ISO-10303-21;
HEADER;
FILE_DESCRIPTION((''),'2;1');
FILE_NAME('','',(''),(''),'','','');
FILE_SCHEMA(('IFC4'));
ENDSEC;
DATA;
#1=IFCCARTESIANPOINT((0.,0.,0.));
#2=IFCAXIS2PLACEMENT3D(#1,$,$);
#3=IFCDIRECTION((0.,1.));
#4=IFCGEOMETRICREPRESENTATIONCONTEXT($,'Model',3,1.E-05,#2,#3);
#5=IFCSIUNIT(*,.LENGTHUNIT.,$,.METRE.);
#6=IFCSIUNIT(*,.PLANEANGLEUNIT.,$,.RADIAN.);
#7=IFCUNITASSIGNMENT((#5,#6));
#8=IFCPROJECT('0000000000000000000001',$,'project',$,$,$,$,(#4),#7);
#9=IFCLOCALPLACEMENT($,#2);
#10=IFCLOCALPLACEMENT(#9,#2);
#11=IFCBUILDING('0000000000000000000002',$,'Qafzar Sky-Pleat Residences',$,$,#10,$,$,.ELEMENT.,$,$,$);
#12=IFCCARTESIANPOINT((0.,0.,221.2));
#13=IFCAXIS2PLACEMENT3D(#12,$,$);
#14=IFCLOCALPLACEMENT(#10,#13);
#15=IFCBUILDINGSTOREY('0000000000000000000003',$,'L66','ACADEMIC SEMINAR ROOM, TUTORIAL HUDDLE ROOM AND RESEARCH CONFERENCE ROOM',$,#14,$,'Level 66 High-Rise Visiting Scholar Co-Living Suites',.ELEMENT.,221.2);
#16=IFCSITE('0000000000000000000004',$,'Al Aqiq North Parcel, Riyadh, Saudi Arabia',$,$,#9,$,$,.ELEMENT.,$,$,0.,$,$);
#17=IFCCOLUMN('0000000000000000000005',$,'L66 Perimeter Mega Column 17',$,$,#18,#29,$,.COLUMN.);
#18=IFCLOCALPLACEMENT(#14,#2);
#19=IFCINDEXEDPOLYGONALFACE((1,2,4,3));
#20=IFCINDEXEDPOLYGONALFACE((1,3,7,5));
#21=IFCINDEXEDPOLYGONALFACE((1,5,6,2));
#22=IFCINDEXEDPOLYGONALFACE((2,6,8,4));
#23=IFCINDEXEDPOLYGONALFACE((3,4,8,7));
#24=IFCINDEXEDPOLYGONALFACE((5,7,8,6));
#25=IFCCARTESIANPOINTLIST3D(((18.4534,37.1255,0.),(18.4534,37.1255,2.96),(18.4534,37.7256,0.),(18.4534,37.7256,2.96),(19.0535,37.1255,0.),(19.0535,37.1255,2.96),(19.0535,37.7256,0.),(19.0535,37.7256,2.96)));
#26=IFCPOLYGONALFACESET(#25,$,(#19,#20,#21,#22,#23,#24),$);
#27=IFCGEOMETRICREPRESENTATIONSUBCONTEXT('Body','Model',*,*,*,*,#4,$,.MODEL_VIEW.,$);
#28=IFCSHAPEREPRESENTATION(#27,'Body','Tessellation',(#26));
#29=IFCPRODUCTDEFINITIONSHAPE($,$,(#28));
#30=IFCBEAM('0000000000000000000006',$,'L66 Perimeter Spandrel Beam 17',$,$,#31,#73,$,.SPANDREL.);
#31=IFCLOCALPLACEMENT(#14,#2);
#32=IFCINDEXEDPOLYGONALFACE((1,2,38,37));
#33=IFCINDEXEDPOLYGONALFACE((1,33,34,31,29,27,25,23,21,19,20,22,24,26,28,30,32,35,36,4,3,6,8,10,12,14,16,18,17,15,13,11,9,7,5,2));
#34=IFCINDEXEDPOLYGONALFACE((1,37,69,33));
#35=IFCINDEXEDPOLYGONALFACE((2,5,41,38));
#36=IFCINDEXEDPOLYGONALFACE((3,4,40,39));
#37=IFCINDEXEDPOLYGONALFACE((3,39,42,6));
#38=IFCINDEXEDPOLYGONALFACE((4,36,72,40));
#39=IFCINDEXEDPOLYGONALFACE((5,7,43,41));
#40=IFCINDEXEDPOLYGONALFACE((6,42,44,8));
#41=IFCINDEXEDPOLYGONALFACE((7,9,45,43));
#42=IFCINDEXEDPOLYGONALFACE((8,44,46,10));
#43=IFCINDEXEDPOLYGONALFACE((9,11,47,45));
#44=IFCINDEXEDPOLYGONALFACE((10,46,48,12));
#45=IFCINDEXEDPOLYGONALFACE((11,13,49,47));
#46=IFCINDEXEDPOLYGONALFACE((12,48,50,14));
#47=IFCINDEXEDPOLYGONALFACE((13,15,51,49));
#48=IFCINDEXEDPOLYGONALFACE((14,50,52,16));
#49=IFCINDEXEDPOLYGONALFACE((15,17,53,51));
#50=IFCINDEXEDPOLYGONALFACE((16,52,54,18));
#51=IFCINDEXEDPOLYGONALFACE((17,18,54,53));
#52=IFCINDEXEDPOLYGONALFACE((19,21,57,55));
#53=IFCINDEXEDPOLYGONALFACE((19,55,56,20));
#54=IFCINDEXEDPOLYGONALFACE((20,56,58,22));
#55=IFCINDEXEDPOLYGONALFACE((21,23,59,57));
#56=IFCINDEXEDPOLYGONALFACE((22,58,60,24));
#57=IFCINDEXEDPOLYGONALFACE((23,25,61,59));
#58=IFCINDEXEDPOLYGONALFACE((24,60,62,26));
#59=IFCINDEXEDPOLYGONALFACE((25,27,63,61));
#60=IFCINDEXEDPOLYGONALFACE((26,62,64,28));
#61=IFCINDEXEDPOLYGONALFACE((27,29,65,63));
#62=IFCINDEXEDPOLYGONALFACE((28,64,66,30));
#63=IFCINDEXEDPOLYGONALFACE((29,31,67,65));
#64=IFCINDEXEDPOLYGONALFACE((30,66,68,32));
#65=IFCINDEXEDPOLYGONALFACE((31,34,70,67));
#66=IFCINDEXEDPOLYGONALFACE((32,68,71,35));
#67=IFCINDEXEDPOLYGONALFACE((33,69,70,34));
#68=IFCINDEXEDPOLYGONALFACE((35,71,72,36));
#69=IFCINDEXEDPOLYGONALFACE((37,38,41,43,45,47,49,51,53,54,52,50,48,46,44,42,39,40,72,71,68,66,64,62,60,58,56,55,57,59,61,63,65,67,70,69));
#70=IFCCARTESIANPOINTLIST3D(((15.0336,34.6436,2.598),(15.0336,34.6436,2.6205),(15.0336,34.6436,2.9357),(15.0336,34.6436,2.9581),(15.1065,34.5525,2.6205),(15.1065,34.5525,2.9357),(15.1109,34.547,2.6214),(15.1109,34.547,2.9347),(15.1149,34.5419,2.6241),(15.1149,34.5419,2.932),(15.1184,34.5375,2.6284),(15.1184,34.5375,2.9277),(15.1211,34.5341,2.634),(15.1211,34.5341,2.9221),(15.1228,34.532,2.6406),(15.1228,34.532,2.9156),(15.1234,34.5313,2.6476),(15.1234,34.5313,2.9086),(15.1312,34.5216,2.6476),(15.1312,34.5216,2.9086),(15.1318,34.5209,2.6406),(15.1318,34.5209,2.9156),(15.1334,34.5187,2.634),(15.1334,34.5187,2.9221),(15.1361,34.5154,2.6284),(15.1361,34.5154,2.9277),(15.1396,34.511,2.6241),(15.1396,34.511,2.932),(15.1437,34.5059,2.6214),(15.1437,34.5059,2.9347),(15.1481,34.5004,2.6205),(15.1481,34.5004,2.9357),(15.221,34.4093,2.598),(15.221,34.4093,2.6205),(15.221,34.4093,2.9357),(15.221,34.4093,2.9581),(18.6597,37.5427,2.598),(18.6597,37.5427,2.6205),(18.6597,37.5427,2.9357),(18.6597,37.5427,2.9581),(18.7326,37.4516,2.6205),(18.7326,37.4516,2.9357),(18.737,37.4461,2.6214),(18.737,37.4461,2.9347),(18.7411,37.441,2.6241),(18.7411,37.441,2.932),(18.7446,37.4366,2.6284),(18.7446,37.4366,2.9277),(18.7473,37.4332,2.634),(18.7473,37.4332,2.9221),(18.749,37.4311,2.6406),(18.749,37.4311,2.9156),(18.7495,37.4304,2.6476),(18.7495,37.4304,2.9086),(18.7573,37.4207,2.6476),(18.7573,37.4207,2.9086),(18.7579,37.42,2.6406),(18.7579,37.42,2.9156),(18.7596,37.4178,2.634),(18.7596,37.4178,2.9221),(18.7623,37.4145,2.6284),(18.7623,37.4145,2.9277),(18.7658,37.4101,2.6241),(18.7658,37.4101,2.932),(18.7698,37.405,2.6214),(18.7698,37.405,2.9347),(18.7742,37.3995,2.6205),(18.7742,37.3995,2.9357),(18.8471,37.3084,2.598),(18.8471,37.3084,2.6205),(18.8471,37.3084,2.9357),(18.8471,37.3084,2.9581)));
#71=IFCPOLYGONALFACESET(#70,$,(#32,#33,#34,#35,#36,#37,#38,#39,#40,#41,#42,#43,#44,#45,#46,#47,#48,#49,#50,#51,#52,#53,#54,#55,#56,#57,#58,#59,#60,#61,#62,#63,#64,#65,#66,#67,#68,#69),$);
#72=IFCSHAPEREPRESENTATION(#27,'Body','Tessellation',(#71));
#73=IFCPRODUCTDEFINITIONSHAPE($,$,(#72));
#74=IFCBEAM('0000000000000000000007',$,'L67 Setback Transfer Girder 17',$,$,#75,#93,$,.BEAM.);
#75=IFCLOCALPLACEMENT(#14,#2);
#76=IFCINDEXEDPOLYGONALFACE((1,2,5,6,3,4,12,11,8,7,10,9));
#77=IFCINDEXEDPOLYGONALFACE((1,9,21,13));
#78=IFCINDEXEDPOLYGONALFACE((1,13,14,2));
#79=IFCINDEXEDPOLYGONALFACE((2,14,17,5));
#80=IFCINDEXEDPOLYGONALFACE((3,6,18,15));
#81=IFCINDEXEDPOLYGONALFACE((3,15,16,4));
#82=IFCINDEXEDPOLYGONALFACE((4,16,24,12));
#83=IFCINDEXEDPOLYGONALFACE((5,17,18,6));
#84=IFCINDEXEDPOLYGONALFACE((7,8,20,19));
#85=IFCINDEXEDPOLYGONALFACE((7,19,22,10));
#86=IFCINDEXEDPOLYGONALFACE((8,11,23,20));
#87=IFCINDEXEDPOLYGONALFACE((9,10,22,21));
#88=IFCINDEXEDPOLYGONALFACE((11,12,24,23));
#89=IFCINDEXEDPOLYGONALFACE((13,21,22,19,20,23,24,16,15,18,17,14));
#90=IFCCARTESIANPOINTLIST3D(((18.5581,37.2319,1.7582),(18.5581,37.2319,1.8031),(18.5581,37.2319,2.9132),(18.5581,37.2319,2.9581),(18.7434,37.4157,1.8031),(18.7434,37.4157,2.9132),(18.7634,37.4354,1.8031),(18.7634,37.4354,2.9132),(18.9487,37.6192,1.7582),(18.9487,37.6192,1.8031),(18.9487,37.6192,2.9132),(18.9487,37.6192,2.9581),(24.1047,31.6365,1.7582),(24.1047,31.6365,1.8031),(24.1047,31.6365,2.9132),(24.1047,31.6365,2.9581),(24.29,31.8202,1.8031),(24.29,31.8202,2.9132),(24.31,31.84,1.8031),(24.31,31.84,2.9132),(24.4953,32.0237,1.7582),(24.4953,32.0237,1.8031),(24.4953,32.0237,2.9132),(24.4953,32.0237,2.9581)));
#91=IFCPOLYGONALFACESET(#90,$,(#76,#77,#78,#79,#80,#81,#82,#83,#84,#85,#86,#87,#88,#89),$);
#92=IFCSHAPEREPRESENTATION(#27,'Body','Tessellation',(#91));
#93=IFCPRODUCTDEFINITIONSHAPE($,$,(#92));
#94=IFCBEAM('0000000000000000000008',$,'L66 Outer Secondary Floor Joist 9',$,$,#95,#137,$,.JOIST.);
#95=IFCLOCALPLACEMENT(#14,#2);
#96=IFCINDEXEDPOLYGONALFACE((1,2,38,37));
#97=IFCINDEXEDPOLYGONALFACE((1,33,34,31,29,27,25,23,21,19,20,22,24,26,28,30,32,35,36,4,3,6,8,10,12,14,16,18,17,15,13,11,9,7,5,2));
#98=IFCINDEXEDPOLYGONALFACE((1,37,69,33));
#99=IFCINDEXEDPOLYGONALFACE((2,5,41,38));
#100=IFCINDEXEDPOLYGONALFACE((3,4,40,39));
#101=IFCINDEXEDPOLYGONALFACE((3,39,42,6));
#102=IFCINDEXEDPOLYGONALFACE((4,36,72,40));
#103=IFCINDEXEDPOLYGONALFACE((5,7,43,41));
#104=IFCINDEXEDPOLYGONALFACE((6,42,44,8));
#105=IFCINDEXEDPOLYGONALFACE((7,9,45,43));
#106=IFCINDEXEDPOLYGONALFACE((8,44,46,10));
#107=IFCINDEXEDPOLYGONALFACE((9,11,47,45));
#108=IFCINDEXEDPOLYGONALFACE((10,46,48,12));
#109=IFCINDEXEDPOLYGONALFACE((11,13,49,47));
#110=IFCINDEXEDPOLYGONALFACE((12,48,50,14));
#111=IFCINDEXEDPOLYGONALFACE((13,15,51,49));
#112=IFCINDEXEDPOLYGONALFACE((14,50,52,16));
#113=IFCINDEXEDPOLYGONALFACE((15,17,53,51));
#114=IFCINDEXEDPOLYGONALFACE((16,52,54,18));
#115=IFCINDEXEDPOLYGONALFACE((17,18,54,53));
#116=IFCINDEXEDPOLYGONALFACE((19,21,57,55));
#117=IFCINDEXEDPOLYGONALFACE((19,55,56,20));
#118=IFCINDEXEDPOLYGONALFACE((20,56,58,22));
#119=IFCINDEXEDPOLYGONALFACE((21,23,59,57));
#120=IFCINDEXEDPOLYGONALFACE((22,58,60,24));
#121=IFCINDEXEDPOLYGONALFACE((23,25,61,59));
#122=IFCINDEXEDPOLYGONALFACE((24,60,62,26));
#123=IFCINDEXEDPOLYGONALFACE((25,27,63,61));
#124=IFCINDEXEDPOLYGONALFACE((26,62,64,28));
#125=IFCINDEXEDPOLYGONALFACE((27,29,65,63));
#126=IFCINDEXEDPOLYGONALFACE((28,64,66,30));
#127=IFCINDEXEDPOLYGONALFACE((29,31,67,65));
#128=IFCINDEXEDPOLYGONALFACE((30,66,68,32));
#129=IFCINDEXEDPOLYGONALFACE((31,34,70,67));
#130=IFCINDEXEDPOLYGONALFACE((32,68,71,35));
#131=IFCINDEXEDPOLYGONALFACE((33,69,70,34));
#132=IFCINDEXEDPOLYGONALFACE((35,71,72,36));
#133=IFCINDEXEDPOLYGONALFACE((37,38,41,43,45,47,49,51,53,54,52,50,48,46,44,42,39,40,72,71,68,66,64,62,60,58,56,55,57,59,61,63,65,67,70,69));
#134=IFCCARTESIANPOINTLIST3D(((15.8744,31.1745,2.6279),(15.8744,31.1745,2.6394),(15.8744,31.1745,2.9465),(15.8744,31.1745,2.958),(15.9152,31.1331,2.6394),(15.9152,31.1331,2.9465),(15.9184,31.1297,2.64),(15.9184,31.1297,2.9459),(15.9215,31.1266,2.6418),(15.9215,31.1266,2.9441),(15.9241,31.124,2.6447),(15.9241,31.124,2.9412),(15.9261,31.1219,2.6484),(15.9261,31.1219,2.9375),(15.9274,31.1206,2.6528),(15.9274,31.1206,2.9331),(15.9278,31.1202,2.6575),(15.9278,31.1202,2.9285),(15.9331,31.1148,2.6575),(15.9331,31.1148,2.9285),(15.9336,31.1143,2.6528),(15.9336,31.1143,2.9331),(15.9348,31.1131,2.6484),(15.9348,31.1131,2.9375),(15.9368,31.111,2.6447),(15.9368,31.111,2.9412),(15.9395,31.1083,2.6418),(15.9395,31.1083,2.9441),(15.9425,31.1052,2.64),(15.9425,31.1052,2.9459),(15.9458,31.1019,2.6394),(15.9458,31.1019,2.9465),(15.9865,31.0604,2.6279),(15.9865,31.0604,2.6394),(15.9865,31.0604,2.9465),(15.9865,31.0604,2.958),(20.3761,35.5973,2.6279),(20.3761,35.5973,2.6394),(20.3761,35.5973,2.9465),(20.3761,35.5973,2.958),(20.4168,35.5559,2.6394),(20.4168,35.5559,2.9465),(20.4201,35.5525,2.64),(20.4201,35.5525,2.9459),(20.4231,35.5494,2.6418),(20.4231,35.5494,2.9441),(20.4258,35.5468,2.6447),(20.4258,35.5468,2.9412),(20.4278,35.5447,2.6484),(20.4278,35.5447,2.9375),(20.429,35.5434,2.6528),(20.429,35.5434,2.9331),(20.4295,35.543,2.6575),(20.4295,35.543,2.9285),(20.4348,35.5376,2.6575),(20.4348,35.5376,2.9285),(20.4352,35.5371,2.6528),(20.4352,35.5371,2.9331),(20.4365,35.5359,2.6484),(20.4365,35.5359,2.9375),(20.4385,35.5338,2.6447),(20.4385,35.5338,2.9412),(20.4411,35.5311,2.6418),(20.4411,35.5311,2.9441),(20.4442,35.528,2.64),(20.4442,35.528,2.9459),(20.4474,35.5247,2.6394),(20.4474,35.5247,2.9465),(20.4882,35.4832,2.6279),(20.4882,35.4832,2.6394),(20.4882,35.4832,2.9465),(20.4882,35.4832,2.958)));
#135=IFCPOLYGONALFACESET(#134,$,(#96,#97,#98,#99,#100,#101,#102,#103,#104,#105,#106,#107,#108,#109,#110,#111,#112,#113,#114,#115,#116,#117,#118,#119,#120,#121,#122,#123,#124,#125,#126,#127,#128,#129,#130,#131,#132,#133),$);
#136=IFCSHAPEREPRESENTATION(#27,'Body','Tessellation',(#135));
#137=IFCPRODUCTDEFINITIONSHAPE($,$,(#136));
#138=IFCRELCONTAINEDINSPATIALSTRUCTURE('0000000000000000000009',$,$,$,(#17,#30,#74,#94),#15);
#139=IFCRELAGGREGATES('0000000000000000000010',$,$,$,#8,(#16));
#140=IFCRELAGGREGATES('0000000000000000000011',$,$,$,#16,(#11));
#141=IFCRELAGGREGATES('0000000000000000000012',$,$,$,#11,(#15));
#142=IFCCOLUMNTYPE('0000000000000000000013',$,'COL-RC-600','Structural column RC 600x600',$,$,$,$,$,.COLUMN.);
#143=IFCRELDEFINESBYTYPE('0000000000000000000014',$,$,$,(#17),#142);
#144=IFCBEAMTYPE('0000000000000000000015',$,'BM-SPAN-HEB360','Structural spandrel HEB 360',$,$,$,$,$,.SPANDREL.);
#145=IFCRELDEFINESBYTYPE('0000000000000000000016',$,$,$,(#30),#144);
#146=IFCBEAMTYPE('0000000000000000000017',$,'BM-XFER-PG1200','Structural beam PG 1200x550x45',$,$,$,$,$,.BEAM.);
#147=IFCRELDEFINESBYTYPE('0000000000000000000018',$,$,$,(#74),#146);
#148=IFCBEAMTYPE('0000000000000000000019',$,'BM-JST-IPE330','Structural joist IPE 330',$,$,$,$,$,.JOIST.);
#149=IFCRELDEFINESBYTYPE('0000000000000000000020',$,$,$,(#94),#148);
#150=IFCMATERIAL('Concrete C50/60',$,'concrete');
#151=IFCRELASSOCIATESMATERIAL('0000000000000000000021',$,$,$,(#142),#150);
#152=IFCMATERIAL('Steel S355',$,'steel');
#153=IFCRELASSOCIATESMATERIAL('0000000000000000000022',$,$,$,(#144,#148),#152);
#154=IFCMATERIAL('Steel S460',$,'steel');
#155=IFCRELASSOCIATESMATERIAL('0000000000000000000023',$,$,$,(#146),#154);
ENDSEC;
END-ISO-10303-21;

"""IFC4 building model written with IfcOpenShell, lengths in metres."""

from ifc_helpers import new_model, si_unit, direction, frame, origin, origin_2d, place, context, subcontext, project, spatial, rectangle, i_section, extrude, source, transform, mapped, material, material_profile, profile_set, type_object, element, save


model = new_model("IFC4")

# Units and contexts
model_context = context("Model", 3, precision=1e-05, world=origin(), true_north=direction((0.0, 1.0)))
body_context = subcontext(model_context, "Body", "Model", "MODEL_VIEW")
ifc_project = project(units=[si_unit("LENGTHUNIT", "METRE"), si_unit("PLANEANGLEUNIT", "RADIAN")], contexts=[model_context])

# Site, building, storey
site_placement = place(None, origin())
site = spatial("IfcSite", under=ifc_project, at=site_placement, Name="Al Aqiq North Parcel, Riyadh, Saudi Arabia", CompositionType="ELEMENT", RefElevation=0.0)
building_placement = place(site_placement, origin())
building = spatial("IfcBuilding", under=site, at=building_placement, Name="Qafzar Sky-Pleat Residences", CompositionType="ELEMENT")
storey_placement = place(building_placement, frame((0.0, 0.0, 221.2)))
storey = spatial("IfcBuildingStorey", under=building, at=storey_placement, Name="L66", Description="ACADEMIC SEMINAR ROOM, TUTORIAL HUDDLE ROOM AND RESEARCH CONFERENCE ROOM", LongName="Level 66 High-Rise Visiting Scholar Co-Living Suites", CompositionType="ELEMENT", Elevation=221.2)

# Column
ifc_material_1 = material(Name="Concrete C50/60", Category="concrete")
ifc_material_profile_1 = material_profile(ifc_material_1, rectangle(XDim=0.6001, YDim=0.6001, at=origin_2d()), Name="RC 600x600")
ifc_profile_set_1 = profile_set([ifc_material_profile_1], Name="Concrete C50/60")
column_type = type_object("IfcColumnType", Name="COL-RC-600", Description="Structural column RC 600x600", PredefinedType="COLUMN", material=ifc_profile_set_1)
shared_shape_1 = source(origin(), body_context, "Body", "SweptSolid", [
    extrude(rectangle(XDim=0.6001, YDim=0.6001, at=origin_2d()), origin(), (0.0, 0.0, 1.0), 2.96),
])
column_placement = place(storey_placement, frame((18.7534, 37.4255, 0.0), z_axis=(0.0, 0.0, 1.0), x_axis=(1.0, 0.0, 0.0)))
element("IfcColumn", 1, at=column_placement, inside=storey, type_object=column_type, Name="L66 Perimeter Mega Column 17", PredefinedType="COLUMN", context=body_context, shape_type="MappedRepresentation", body=[
    mapped(shared_shape_1, transform((0.0, 0.0, 0.0), x_axis=(1.0, 0.0, 0.0), y_axis=(0.0, 1.0, 0.0), z_axis=(0.0, 0.0, 1.0), scale=1.0)),
])

# Beams
ifc_material_2 = material(Name="Steel S355", Category="steel")
ifc_material_profile_2 = material_profile(ifc_material_2, i_section(OverallWidth=0.3, OverallDepth=0.3601, WebThickness=0.0125, FlangeThickness=0.0225, FilletRadius=0.0271, at=origin_2d()), Name="HEB 360")
ifc_profile_set_2 = profile_set([ifc_material_profile_2], Name="Steel S355")
beam_type_1 = type_object("IfcBeamType", Name="BM-SPAN-HEB360", Description="Structural spandrel HEB 360", PredefinedType="SPANDREL", material=ifc_profile_set_2)
shared_shape_2 = source(origin(), body_context, "Body", "SweptSolid", [
    extrude(i_section(OverallWidth=0.3, OverallDepth=0.3601, WebThickness=0.0125, FlangeThickness=0.0225, FilletRadius=0.0271, at=origin_2d()), origin(), (0.0, 0.0, 1.0), 4.6426),
])
beam_1_placement = place(storey_placement, frame((18.7534, 37.4255, 2.7781), z_axis=(-0.781059, -0.624458, 0.0), x_axis=(0.624458, -0.781059, 0.0)))
element("IfcBeam", 2, at=beam_1_placement, inside=storey, type_object=beam_type_1, Name="L66 Perimeter Spandrel Beam 17", PredefinedType="SPANDREL", context=body_context, shape_type="MappedRepresentation", body=[
    mapped(shared_shape_2, transform((0.0, 0.0, 0.0), x_axis=(1.0, 0.0, 0.0), y_axis=(0.0, 1.0, 0.0), z_axis=(0.0, 0.0, 1.0), scale=1.0)),
])
ifc_material_3 = material(Name="Steel S460", Category="steel")
ifc_material_profile_3 = material_profile(ifc_material_3, i_section(OverallWidth=0.55, OverallDepth=1.2, WebThickness=0.0281, FlangeThickness=0.0449, at=origin_2d()), Name="PG 1200x550x45")
ifc_profile_set_3 = profile_set([ifc_material_profile_3], Name="Steel S460")
beam_type_2 = type_object("IfcBeamType", Name="BM-XFER-PG1200", Description="Structural beam PG 1200x550x45", PredefinedType="BEAM", material=ifc_profile_set_3)
shared_shape_3 = source(origin(), body_context, "Body", "SweptSolid", [
    extrude(i_section(OverallWidth=0.55, OverallDepth=1.2, WebThickness=0.0281, FlangeThickness=0.0449, at=origin_2d()), origin(), (0.0, 0.0, 1.0), 7.8787),
])
beam_2_placement = place(storey_placement, frame((18.7534, 37.4255, 2.3582), z_axis=(0.704001, -0.710199, 0.0), x_axis=(0.710199, 0.704001, 0.0)))
element("IfcBeam", 3, at=beam_2_placement, inside=storey, type_object=beam_type_2, Name="L67 Setback Transfer Girder 17", PredefinedType="BEAM", context=body_context, shape_type="MappedRepresentation", body=[
    mapped(shared_shape_3, transform((0.0, 0.0, 0.0), x_axis=(1.0, 0.0, 0.0), y_axis=(0.0, 1.0, 0.0), z_axis=(0.0, 0.0, 1.0), scale=1.0)),
])
ifc_material_profile_4 = material_profile(ifc_material_2, i_section(OverallWidth=0.1599, OverallDepth=0.3301, WebThickness=0.0076, FlangeThickness=0.0115, FilletRadius=0.0181, at=origin_2d()), Name="IPE 330")
ifc_profile_set_4 = profile_set([ifc_material_profile_4], Name="Steel S355")
beam_type_3 = type_object("IfcBeamType", Name="BM-JST-IPE330", Description="Structural joist IPE 330", PredefinedType="JOIST", material=ifc_profile_set_4)
shared_shape_4 = source(origin(), body_context, "Body", "SweptSolid", [
    extrude(i_section(OverallWidth=0.1599, OverallDepth=0.3301, WebThickness=0.0076, FlangeThickness=0.0115, FilletRadius=0.0181, at=origin_2d()), origin(), (0.0, 0.0, 1.0), 6.3108),
])
beam_3_placement = place(storey_placement, frame((20.4321, 35.5403, 2.793), z_axis=(-0.713327, -0.700831, 0.0), x_axis=(0.700831, -0.713327, 0.0)))
element("IfcBeam", 4, at=beam_3_placement, inside=storey, type_object=beam_type_3, Name="L66 Outer Secondary Floor Joist 9", PredefinedType="JOIST", context=body_context, shape_type="MappedRepresentation", body=[
    mapped(shared_shape_4, transform((0.0, 0.0, 0.0), x_axis=(1.0, 0.0, 0.0), y_axis=(0.0, 1.0, 0.0), z_axis=(0.0, 0.0, 1.0), scale=1.0)),
])

save(model, "model.ifc")
